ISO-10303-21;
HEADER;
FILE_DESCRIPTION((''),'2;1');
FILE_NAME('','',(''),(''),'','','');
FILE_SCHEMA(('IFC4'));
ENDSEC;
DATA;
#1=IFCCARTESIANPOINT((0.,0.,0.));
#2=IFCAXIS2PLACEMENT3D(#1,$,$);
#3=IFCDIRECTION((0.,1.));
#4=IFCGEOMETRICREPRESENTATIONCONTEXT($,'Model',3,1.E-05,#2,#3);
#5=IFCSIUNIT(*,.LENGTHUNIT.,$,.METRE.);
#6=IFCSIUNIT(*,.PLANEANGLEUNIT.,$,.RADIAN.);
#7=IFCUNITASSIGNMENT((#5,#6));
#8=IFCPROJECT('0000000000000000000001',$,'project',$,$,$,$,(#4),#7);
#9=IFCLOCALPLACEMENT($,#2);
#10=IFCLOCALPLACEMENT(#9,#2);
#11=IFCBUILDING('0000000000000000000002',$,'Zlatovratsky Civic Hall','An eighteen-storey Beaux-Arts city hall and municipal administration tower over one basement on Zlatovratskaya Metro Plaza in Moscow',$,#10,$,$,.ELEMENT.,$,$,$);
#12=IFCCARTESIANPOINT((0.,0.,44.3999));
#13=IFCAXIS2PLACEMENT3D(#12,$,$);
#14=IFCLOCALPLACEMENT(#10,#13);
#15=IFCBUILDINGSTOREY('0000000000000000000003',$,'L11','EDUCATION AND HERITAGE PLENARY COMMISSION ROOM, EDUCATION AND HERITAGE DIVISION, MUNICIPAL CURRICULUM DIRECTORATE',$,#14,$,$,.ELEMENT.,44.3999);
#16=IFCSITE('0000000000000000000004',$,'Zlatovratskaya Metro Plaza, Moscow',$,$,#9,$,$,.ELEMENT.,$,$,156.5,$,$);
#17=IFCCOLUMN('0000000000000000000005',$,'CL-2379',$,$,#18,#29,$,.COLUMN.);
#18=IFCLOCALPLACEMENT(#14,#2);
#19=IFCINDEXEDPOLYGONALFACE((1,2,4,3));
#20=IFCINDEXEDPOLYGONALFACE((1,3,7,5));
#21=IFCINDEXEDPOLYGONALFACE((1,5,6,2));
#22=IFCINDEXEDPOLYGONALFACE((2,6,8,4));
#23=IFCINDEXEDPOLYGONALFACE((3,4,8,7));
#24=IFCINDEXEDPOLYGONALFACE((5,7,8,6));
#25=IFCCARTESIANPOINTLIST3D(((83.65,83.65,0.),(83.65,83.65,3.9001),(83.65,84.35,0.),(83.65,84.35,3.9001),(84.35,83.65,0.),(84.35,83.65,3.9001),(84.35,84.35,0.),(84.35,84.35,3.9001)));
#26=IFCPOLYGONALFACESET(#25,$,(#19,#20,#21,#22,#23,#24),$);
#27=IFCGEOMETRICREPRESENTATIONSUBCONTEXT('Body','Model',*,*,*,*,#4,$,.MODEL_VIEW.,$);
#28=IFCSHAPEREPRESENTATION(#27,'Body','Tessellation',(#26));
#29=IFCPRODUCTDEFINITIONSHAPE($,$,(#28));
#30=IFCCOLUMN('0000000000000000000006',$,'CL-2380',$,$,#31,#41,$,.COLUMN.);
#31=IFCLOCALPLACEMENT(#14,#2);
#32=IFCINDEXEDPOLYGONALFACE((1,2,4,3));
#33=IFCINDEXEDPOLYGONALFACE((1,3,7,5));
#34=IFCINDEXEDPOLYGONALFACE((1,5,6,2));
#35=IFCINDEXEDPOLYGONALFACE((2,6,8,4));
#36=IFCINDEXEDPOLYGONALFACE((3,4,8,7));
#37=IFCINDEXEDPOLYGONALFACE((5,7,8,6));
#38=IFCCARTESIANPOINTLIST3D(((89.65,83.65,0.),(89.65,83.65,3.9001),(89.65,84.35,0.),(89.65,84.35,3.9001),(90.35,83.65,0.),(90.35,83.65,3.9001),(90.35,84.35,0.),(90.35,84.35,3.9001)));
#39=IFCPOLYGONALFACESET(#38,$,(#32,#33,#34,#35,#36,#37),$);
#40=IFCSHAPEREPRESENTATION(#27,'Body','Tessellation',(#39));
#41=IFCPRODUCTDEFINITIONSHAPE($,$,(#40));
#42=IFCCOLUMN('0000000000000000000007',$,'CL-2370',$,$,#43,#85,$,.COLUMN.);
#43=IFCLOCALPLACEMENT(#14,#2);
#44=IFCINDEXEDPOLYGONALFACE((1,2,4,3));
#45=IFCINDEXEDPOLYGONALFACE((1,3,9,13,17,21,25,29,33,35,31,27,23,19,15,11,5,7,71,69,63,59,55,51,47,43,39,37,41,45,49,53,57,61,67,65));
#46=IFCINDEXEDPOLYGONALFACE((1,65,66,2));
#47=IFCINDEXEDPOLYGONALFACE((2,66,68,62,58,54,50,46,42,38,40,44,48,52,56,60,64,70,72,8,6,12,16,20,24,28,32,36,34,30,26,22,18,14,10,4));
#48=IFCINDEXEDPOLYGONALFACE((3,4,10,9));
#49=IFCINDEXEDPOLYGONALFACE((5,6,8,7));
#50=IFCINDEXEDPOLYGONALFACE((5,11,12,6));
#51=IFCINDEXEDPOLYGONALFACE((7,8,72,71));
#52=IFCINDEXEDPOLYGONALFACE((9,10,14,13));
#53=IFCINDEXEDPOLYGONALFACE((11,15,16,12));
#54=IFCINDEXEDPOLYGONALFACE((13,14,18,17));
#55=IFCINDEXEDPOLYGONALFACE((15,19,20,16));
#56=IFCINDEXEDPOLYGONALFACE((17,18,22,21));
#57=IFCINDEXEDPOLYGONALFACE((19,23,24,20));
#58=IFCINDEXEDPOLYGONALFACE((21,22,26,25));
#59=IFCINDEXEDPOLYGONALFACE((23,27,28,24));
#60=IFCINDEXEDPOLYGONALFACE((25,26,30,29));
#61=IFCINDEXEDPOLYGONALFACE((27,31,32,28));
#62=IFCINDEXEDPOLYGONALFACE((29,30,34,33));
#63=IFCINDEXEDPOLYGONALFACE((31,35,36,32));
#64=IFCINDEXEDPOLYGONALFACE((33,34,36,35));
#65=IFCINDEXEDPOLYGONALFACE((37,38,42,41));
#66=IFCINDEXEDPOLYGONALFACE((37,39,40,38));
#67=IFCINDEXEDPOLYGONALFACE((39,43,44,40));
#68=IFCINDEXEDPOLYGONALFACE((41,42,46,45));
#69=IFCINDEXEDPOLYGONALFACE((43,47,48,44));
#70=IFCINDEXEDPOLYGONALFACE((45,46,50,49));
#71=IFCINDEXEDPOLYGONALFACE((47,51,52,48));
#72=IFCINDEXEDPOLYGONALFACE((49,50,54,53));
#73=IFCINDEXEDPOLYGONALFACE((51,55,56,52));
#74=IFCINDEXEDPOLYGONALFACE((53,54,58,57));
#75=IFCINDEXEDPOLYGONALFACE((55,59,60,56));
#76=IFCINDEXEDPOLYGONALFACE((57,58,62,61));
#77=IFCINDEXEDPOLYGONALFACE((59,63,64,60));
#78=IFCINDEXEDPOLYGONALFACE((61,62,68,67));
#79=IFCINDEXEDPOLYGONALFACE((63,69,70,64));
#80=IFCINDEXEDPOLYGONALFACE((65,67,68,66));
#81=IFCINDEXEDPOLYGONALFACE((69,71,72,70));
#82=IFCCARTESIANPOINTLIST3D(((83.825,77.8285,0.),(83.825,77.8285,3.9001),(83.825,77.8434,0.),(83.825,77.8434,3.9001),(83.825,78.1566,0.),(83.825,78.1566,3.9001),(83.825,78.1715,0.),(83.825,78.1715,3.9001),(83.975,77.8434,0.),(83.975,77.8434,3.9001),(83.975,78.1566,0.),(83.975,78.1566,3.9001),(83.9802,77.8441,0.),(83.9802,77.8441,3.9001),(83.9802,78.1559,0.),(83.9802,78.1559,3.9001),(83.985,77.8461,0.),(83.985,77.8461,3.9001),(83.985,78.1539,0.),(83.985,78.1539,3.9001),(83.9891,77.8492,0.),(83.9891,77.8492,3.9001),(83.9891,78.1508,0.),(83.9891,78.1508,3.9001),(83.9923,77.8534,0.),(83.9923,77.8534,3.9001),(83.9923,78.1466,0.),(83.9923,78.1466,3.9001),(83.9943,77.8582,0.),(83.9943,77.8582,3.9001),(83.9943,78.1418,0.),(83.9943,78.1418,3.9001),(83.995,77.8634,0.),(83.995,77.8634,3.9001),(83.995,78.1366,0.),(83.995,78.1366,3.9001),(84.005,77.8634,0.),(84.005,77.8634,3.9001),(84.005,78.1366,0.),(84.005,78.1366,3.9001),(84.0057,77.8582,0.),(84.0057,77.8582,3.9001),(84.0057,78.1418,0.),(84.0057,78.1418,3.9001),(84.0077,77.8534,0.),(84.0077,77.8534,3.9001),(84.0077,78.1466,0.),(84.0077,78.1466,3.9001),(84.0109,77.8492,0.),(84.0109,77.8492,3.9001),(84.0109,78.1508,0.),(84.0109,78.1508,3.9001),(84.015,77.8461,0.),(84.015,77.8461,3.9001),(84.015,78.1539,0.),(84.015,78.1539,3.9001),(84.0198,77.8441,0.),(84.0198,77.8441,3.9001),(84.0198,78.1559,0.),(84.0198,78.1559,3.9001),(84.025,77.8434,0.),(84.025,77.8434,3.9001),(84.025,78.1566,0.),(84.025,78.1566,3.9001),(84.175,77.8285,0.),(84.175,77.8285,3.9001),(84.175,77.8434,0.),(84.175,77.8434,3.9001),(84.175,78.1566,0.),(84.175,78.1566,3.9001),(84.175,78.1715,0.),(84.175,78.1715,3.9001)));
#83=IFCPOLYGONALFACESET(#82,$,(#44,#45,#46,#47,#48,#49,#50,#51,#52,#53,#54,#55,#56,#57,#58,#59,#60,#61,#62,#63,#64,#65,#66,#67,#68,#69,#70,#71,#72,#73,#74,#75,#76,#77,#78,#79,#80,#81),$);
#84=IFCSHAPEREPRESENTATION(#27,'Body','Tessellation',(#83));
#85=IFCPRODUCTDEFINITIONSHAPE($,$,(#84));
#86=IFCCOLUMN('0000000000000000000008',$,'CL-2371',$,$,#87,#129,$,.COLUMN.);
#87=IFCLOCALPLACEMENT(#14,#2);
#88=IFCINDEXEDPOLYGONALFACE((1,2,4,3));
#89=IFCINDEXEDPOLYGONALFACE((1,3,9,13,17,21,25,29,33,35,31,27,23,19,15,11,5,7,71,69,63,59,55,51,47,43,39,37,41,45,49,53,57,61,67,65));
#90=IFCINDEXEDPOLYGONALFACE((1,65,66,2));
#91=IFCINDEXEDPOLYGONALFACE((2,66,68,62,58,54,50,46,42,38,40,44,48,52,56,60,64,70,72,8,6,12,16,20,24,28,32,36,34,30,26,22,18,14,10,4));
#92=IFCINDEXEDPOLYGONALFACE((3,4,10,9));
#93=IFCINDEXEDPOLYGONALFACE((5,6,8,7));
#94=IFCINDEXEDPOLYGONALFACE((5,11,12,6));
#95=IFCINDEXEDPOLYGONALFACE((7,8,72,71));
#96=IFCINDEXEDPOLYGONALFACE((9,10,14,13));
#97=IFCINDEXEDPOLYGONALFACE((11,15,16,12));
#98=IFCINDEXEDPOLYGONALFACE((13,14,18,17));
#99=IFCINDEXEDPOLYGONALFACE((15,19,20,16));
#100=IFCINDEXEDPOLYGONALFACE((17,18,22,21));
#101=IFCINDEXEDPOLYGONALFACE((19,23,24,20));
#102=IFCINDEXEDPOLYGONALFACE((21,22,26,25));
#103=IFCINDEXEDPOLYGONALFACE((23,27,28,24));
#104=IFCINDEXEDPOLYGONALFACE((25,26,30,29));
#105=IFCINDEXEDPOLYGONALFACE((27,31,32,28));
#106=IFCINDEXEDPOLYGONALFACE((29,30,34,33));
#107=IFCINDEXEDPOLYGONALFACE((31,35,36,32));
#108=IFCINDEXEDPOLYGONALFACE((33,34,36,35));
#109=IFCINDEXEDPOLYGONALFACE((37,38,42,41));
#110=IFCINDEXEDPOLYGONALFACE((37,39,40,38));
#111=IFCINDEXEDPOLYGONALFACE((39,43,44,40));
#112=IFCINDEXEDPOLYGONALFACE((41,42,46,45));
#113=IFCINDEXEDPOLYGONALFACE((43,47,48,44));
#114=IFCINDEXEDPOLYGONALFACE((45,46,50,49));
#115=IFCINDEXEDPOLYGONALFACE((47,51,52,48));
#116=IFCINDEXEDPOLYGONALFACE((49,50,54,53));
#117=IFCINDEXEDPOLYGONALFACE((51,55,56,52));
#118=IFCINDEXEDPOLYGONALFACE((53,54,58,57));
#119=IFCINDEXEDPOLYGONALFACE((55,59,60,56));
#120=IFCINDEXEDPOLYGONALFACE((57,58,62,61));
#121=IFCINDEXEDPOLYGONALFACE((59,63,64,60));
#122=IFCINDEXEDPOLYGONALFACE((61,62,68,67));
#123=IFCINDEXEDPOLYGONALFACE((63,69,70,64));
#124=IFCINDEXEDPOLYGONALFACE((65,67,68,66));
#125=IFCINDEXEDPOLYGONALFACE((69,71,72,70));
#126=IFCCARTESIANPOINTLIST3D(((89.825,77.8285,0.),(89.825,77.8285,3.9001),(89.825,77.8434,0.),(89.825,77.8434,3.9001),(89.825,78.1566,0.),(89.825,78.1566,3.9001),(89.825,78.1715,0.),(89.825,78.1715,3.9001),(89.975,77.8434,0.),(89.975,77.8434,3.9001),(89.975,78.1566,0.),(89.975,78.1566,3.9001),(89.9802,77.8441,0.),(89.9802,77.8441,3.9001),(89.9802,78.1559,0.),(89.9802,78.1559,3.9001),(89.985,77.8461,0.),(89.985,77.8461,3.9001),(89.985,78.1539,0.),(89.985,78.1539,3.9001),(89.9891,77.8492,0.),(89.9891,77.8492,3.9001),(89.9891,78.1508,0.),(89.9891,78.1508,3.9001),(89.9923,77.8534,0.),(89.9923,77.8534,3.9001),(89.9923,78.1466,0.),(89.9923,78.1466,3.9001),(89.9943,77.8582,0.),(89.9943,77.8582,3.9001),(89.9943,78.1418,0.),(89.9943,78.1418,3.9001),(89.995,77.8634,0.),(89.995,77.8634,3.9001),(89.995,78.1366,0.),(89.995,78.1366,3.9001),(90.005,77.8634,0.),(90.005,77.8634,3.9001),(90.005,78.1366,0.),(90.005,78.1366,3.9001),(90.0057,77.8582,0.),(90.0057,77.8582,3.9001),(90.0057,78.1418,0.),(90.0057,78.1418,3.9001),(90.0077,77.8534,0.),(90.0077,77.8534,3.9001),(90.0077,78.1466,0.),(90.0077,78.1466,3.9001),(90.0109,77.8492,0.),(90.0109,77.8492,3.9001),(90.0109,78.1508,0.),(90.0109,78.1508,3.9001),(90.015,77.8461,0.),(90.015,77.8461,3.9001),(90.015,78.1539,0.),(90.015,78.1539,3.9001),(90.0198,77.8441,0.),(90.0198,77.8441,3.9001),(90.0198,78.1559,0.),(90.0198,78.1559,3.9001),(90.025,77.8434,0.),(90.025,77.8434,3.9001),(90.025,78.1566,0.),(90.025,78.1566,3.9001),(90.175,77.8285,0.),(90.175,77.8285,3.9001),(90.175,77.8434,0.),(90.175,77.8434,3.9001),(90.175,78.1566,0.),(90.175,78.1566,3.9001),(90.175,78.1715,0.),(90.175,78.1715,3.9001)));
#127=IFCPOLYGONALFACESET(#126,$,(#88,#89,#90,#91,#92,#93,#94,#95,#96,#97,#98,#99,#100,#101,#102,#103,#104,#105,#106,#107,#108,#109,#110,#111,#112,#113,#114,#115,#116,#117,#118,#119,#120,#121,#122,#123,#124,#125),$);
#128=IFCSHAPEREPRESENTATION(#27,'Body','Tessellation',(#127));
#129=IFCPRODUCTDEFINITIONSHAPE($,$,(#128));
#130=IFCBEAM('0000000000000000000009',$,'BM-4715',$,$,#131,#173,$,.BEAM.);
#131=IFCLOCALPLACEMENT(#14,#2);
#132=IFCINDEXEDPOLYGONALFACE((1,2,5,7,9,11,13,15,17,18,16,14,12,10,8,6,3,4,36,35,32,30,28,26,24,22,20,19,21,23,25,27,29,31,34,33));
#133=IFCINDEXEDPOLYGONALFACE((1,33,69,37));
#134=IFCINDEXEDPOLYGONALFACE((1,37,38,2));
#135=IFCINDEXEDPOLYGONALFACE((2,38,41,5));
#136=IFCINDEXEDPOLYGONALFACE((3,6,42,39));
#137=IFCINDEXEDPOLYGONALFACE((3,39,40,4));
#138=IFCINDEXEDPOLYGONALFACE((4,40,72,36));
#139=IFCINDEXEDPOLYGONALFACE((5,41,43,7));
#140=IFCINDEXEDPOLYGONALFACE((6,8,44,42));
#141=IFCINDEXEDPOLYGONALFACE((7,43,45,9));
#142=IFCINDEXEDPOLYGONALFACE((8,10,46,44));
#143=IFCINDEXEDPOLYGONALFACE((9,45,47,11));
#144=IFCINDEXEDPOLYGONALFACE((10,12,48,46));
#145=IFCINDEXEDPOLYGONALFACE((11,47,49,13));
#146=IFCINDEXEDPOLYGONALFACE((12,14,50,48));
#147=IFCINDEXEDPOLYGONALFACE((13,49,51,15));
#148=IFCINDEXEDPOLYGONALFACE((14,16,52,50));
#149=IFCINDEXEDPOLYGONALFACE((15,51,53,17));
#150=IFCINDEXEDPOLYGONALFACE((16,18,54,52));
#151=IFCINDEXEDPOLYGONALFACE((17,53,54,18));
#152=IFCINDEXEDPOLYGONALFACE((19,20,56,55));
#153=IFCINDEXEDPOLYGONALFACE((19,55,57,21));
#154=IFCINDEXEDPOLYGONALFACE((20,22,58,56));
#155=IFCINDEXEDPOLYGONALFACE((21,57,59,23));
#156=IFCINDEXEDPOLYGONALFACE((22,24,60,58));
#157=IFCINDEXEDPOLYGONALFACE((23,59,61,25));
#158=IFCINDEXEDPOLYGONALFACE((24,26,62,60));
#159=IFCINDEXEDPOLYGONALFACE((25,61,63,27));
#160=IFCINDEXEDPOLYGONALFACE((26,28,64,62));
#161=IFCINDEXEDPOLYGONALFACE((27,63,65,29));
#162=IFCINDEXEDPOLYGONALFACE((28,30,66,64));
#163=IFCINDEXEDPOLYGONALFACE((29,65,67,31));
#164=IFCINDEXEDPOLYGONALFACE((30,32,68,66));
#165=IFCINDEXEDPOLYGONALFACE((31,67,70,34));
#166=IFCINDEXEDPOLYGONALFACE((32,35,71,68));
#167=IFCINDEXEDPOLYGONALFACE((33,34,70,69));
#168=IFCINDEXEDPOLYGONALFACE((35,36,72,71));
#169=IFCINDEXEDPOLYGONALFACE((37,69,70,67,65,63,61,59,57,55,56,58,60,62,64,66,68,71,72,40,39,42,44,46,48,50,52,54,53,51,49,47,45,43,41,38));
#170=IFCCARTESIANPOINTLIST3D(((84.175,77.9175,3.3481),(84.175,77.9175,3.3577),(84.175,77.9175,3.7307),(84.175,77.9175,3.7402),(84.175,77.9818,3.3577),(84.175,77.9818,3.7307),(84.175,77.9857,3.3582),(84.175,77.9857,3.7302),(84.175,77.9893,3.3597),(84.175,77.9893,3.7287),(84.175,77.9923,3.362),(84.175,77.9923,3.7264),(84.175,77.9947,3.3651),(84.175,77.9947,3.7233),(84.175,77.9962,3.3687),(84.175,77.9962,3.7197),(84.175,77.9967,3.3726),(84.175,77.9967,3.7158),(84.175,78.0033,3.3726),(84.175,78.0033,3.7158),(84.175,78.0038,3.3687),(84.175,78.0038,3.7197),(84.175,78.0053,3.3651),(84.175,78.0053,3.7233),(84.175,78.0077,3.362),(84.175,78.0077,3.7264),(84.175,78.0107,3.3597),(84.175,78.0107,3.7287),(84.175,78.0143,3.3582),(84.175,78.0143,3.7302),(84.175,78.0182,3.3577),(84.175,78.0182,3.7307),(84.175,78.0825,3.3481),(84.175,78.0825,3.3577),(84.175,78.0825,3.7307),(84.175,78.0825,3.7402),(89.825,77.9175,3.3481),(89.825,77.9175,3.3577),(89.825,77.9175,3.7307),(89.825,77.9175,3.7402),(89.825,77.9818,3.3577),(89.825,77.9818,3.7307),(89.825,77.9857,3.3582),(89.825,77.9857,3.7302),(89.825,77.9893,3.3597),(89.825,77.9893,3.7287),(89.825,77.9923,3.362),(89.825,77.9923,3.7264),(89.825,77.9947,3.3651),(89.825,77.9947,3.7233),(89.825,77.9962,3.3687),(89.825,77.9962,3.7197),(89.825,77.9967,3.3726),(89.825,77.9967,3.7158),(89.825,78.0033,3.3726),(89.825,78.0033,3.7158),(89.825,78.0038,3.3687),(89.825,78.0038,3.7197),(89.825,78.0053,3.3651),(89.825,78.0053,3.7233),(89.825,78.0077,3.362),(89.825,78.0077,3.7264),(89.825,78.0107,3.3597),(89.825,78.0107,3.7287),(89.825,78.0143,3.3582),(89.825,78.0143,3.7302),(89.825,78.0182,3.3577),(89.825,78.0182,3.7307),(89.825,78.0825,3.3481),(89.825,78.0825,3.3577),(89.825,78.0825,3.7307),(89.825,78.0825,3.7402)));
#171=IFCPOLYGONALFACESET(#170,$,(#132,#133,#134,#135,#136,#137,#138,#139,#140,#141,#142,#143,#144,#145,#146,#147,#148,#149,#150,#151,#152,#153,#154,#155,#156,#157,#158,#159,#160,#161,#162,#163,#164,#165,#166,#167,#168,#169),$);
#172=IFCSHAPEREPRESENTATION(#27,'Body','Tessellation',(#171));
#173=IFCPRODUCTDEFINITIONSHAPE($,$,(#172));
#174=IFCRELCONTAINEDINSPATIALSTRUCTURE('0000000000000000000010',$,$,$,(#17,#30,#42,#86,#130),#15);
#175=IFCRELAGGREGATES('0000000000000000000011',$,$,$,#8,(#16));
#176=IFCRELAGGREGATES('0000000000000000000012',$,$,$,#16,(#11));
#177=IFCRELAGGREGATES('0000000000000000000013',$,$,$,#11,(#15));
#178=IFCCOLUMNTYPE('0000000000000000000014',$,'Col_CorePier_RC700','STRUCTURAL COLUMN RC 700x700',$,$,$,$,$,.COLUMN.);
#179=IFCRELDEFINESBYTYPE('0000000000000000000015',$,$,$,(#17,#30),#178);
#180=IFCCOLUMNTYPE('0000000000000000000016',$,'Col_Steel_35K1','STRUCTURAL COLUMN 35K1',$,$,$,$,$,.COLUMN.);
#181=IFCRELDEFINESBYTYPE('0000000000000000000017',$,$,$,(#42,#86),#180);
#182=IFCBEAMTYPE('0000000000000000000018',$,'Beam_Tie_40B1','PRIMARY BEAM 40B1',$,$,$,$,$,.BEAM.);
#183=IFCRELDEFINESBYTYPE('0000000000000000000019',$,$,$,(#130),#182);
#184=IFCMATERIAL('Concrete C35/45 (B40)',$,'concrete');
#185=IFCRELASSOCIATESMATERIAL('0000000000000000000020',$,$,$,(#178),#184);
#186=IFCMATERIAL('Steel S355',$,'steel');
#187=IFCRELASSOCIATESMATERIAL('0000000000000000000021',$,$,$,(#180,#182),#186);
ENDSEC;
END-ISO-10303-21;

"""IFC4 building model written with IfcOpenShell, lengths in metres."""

from ifc_helpers import new_model, si_unit, direction, frame, origin, origin_2d, place, context, subcontext, project, spatial, rectangle, i_section, extrude, material, material_profile, profile_set, type_object, element, save


model = new_model("IFC4")

# Units and contexts
model_context = context("Model", 3, precision=1e-05, world=origin(), true_north=direction((0.0, 1.0)))
body_context = subcontext(model_context, "Body", "Model", "MODEL_VIEW")
ifc_project = project(units=[si_unit("LENGTHUNIT", "METRE"), si_unit("PLANEANGLEUNIT", "RADIAN")], contexts=[model_context])

# Site, building, storey
site_placement = place(None, origin())
site = spatial("IfcSite", under=ifc_project, at=site_placement, Name="Zlatovratskaya Metro Plaza, Moscow", CompositionType="ELEMENT", RefElevation=156.5)
building_placement = place(site_placement, origin())
building = spatial("IfcBuilding", under=site, at=building_placement, Name="Zlatovratsky Civic Hall", Description="An eighteen-storey Beaux-Arts city hall and municipal administration tower over one basement on Zlatovratskaya Metro Plaza in Moscow", CompositionType="ELEMENT")
storey_placement = place(building_placement, frame((0.0, 0.0, 44.3999)))
storey = spatial("IfcBuildingStorey", under=building, at=storey_placement, Name="L11", Description="EDUCATION AND HERITAGE PLENARY COMMISSION ROOM, EDUCATION AND HERITAGE DIVISION, MUNICIPAL CURRICULUM DIRECTORATE", CompositionType="ELEMENT", Elevation=44.3999)

# Columns
ifc_material_1 = material(Name="Concrete C35/45 (B40)", Category="concrete")
ifc_material_profile_1 = material_profile(ifc_material_1, rectangle(XDim=0.7, YDim=0.7, at=origin_2d()), Name="RC 700x700")
ifc_profile_set_1 = profile_set([ifc_material_profile_1], Name="Concrete C35/45 (B40)")
column_type_1 = type_object("IfcColumnType", Name="Col_CorePier_RC700", Description="STRUCTURAL COLUMN RC 700x700", PredefinedType="COLUMN", material=ifc_profile_set_1)
for number, where, z_axis, x_axis, name in (
    (1, (84.0, 84.0, 0.0), (0.0, 0.0, 1.0), (1.0, 0.0, 0.0), "CL-2379"),
    (2, (90.0, 84.0, 0.0), (0.0, 0.0, 1.0), (1.0, 0.0, 0.0), "CL-2380"),
):
    element("IfcColumn", number, at=place(storey_placement, frame(where, z_axis=z_axis, x_axis=x_axis)), inside=storey, type_object=column_type_1, Name=name, PredefinedType="COLUMN", context=body_context, shape_type="SweptSolid", body=[
        extrude(rectangle(XDim=0.7, YDim=0.7, at=origin_2d()), origin(), (0.0, 0.0, 1.0), 3.9001),
    ])
ifc_material_2 = material(Name="Steel S355", Category="steel")
ifc_material_profile_2 = material_profile(ifc_material_2, i_section(OverallWidth=0.3501, OverallDepth=0.343, WebThickness=0.01, FlangeThickness=0.0149, FilletRadius=0.02, at=origin_2d()), Name="35K1")
ifc_profile_set_2 = profile_set([ifc_material_profile_2], Name="Steel S355")
column_type_2 = type_object("IfcColumnType", Name="Col_Steel_35K1", Description="STRUCTURAL COLUMN 35K1", PredefinedType="COLUMN", material=ifc_profile_set_2)
for number, where, z_axis, x_axis, name in (
    (3, (84.0, 78.0, 0.0), (0.0, 0.0, 1.0), (1.0, 0.0, 0.0), "CL-2370"),
    (4, (90.0, 78.0, 0.0), (0.0, 0.0, 1.0), (1.0, 0.0, 0.0), "CL-2371"),
):
    element("IfcColumn", number, at=place(storey_placement, frame(where, z_axis=z_axis, x_axis=x_axis)), inside=storey, type_object=column_type_2, Name=name, PredefinedType="COLUMN", context=body_context, shape_type="SweptSolid", body=[
        extrude(i_section(OverallWidth=0.3501, OverallDepth=0.343, WebThickness=0.01, FlangeThickness=0.0149, FilletRadius=0.02, at=origin_2d()), origin(), (0.0, 0.0, 1.0), 3.9001),
    ])

# Beam
ifc_material_profile_3 = material_profile(ifc_material_2, i_section(OverallWidth=0.165, OverallDepth=0.3921, WebThickness=0.0066, FlangeThickness=0.0095, FilletRadius=0.0149, at=origin_2d()), Name="40B1")
ifc_profile_set_3 = profile_set([ifc_material_profile_3], Name="Steel S355")
beam_type = type_object("IfcBeamType", Name="Beam_Tie_40B1", Description="PRIMARY BEAM 40B1", PredefinedType="BEAM", material=ifc_profile_set_3)
for number, where, z_axis, x_axis, name in (
    (5, (84.175, 78.0, 3.5442), (1.0, 0.0, 0.0), (0.0, 1.0, 0.0), "BM-4715"),
):
    element("IfcBeam", number, at=place(storey_placement, frame(where, z_axis=z_axis, x_axis=x_axis)), inside=storey, type_object=beam_type, Name=name, PredefinedType="BEAM", context=body_context, shape_type="SweptSolid", body=[
        extrude(i_section(OverallWidth=0.165, OverallDepth=0.3921, WebThickness=0.0066, FlangeThickness=0.0095, FilletRadius=0.0149, at=origin_2d()), origin(), (0.0, 0.0, 1.0), 5.6499),
    ])

save(model, "model.ifc")
